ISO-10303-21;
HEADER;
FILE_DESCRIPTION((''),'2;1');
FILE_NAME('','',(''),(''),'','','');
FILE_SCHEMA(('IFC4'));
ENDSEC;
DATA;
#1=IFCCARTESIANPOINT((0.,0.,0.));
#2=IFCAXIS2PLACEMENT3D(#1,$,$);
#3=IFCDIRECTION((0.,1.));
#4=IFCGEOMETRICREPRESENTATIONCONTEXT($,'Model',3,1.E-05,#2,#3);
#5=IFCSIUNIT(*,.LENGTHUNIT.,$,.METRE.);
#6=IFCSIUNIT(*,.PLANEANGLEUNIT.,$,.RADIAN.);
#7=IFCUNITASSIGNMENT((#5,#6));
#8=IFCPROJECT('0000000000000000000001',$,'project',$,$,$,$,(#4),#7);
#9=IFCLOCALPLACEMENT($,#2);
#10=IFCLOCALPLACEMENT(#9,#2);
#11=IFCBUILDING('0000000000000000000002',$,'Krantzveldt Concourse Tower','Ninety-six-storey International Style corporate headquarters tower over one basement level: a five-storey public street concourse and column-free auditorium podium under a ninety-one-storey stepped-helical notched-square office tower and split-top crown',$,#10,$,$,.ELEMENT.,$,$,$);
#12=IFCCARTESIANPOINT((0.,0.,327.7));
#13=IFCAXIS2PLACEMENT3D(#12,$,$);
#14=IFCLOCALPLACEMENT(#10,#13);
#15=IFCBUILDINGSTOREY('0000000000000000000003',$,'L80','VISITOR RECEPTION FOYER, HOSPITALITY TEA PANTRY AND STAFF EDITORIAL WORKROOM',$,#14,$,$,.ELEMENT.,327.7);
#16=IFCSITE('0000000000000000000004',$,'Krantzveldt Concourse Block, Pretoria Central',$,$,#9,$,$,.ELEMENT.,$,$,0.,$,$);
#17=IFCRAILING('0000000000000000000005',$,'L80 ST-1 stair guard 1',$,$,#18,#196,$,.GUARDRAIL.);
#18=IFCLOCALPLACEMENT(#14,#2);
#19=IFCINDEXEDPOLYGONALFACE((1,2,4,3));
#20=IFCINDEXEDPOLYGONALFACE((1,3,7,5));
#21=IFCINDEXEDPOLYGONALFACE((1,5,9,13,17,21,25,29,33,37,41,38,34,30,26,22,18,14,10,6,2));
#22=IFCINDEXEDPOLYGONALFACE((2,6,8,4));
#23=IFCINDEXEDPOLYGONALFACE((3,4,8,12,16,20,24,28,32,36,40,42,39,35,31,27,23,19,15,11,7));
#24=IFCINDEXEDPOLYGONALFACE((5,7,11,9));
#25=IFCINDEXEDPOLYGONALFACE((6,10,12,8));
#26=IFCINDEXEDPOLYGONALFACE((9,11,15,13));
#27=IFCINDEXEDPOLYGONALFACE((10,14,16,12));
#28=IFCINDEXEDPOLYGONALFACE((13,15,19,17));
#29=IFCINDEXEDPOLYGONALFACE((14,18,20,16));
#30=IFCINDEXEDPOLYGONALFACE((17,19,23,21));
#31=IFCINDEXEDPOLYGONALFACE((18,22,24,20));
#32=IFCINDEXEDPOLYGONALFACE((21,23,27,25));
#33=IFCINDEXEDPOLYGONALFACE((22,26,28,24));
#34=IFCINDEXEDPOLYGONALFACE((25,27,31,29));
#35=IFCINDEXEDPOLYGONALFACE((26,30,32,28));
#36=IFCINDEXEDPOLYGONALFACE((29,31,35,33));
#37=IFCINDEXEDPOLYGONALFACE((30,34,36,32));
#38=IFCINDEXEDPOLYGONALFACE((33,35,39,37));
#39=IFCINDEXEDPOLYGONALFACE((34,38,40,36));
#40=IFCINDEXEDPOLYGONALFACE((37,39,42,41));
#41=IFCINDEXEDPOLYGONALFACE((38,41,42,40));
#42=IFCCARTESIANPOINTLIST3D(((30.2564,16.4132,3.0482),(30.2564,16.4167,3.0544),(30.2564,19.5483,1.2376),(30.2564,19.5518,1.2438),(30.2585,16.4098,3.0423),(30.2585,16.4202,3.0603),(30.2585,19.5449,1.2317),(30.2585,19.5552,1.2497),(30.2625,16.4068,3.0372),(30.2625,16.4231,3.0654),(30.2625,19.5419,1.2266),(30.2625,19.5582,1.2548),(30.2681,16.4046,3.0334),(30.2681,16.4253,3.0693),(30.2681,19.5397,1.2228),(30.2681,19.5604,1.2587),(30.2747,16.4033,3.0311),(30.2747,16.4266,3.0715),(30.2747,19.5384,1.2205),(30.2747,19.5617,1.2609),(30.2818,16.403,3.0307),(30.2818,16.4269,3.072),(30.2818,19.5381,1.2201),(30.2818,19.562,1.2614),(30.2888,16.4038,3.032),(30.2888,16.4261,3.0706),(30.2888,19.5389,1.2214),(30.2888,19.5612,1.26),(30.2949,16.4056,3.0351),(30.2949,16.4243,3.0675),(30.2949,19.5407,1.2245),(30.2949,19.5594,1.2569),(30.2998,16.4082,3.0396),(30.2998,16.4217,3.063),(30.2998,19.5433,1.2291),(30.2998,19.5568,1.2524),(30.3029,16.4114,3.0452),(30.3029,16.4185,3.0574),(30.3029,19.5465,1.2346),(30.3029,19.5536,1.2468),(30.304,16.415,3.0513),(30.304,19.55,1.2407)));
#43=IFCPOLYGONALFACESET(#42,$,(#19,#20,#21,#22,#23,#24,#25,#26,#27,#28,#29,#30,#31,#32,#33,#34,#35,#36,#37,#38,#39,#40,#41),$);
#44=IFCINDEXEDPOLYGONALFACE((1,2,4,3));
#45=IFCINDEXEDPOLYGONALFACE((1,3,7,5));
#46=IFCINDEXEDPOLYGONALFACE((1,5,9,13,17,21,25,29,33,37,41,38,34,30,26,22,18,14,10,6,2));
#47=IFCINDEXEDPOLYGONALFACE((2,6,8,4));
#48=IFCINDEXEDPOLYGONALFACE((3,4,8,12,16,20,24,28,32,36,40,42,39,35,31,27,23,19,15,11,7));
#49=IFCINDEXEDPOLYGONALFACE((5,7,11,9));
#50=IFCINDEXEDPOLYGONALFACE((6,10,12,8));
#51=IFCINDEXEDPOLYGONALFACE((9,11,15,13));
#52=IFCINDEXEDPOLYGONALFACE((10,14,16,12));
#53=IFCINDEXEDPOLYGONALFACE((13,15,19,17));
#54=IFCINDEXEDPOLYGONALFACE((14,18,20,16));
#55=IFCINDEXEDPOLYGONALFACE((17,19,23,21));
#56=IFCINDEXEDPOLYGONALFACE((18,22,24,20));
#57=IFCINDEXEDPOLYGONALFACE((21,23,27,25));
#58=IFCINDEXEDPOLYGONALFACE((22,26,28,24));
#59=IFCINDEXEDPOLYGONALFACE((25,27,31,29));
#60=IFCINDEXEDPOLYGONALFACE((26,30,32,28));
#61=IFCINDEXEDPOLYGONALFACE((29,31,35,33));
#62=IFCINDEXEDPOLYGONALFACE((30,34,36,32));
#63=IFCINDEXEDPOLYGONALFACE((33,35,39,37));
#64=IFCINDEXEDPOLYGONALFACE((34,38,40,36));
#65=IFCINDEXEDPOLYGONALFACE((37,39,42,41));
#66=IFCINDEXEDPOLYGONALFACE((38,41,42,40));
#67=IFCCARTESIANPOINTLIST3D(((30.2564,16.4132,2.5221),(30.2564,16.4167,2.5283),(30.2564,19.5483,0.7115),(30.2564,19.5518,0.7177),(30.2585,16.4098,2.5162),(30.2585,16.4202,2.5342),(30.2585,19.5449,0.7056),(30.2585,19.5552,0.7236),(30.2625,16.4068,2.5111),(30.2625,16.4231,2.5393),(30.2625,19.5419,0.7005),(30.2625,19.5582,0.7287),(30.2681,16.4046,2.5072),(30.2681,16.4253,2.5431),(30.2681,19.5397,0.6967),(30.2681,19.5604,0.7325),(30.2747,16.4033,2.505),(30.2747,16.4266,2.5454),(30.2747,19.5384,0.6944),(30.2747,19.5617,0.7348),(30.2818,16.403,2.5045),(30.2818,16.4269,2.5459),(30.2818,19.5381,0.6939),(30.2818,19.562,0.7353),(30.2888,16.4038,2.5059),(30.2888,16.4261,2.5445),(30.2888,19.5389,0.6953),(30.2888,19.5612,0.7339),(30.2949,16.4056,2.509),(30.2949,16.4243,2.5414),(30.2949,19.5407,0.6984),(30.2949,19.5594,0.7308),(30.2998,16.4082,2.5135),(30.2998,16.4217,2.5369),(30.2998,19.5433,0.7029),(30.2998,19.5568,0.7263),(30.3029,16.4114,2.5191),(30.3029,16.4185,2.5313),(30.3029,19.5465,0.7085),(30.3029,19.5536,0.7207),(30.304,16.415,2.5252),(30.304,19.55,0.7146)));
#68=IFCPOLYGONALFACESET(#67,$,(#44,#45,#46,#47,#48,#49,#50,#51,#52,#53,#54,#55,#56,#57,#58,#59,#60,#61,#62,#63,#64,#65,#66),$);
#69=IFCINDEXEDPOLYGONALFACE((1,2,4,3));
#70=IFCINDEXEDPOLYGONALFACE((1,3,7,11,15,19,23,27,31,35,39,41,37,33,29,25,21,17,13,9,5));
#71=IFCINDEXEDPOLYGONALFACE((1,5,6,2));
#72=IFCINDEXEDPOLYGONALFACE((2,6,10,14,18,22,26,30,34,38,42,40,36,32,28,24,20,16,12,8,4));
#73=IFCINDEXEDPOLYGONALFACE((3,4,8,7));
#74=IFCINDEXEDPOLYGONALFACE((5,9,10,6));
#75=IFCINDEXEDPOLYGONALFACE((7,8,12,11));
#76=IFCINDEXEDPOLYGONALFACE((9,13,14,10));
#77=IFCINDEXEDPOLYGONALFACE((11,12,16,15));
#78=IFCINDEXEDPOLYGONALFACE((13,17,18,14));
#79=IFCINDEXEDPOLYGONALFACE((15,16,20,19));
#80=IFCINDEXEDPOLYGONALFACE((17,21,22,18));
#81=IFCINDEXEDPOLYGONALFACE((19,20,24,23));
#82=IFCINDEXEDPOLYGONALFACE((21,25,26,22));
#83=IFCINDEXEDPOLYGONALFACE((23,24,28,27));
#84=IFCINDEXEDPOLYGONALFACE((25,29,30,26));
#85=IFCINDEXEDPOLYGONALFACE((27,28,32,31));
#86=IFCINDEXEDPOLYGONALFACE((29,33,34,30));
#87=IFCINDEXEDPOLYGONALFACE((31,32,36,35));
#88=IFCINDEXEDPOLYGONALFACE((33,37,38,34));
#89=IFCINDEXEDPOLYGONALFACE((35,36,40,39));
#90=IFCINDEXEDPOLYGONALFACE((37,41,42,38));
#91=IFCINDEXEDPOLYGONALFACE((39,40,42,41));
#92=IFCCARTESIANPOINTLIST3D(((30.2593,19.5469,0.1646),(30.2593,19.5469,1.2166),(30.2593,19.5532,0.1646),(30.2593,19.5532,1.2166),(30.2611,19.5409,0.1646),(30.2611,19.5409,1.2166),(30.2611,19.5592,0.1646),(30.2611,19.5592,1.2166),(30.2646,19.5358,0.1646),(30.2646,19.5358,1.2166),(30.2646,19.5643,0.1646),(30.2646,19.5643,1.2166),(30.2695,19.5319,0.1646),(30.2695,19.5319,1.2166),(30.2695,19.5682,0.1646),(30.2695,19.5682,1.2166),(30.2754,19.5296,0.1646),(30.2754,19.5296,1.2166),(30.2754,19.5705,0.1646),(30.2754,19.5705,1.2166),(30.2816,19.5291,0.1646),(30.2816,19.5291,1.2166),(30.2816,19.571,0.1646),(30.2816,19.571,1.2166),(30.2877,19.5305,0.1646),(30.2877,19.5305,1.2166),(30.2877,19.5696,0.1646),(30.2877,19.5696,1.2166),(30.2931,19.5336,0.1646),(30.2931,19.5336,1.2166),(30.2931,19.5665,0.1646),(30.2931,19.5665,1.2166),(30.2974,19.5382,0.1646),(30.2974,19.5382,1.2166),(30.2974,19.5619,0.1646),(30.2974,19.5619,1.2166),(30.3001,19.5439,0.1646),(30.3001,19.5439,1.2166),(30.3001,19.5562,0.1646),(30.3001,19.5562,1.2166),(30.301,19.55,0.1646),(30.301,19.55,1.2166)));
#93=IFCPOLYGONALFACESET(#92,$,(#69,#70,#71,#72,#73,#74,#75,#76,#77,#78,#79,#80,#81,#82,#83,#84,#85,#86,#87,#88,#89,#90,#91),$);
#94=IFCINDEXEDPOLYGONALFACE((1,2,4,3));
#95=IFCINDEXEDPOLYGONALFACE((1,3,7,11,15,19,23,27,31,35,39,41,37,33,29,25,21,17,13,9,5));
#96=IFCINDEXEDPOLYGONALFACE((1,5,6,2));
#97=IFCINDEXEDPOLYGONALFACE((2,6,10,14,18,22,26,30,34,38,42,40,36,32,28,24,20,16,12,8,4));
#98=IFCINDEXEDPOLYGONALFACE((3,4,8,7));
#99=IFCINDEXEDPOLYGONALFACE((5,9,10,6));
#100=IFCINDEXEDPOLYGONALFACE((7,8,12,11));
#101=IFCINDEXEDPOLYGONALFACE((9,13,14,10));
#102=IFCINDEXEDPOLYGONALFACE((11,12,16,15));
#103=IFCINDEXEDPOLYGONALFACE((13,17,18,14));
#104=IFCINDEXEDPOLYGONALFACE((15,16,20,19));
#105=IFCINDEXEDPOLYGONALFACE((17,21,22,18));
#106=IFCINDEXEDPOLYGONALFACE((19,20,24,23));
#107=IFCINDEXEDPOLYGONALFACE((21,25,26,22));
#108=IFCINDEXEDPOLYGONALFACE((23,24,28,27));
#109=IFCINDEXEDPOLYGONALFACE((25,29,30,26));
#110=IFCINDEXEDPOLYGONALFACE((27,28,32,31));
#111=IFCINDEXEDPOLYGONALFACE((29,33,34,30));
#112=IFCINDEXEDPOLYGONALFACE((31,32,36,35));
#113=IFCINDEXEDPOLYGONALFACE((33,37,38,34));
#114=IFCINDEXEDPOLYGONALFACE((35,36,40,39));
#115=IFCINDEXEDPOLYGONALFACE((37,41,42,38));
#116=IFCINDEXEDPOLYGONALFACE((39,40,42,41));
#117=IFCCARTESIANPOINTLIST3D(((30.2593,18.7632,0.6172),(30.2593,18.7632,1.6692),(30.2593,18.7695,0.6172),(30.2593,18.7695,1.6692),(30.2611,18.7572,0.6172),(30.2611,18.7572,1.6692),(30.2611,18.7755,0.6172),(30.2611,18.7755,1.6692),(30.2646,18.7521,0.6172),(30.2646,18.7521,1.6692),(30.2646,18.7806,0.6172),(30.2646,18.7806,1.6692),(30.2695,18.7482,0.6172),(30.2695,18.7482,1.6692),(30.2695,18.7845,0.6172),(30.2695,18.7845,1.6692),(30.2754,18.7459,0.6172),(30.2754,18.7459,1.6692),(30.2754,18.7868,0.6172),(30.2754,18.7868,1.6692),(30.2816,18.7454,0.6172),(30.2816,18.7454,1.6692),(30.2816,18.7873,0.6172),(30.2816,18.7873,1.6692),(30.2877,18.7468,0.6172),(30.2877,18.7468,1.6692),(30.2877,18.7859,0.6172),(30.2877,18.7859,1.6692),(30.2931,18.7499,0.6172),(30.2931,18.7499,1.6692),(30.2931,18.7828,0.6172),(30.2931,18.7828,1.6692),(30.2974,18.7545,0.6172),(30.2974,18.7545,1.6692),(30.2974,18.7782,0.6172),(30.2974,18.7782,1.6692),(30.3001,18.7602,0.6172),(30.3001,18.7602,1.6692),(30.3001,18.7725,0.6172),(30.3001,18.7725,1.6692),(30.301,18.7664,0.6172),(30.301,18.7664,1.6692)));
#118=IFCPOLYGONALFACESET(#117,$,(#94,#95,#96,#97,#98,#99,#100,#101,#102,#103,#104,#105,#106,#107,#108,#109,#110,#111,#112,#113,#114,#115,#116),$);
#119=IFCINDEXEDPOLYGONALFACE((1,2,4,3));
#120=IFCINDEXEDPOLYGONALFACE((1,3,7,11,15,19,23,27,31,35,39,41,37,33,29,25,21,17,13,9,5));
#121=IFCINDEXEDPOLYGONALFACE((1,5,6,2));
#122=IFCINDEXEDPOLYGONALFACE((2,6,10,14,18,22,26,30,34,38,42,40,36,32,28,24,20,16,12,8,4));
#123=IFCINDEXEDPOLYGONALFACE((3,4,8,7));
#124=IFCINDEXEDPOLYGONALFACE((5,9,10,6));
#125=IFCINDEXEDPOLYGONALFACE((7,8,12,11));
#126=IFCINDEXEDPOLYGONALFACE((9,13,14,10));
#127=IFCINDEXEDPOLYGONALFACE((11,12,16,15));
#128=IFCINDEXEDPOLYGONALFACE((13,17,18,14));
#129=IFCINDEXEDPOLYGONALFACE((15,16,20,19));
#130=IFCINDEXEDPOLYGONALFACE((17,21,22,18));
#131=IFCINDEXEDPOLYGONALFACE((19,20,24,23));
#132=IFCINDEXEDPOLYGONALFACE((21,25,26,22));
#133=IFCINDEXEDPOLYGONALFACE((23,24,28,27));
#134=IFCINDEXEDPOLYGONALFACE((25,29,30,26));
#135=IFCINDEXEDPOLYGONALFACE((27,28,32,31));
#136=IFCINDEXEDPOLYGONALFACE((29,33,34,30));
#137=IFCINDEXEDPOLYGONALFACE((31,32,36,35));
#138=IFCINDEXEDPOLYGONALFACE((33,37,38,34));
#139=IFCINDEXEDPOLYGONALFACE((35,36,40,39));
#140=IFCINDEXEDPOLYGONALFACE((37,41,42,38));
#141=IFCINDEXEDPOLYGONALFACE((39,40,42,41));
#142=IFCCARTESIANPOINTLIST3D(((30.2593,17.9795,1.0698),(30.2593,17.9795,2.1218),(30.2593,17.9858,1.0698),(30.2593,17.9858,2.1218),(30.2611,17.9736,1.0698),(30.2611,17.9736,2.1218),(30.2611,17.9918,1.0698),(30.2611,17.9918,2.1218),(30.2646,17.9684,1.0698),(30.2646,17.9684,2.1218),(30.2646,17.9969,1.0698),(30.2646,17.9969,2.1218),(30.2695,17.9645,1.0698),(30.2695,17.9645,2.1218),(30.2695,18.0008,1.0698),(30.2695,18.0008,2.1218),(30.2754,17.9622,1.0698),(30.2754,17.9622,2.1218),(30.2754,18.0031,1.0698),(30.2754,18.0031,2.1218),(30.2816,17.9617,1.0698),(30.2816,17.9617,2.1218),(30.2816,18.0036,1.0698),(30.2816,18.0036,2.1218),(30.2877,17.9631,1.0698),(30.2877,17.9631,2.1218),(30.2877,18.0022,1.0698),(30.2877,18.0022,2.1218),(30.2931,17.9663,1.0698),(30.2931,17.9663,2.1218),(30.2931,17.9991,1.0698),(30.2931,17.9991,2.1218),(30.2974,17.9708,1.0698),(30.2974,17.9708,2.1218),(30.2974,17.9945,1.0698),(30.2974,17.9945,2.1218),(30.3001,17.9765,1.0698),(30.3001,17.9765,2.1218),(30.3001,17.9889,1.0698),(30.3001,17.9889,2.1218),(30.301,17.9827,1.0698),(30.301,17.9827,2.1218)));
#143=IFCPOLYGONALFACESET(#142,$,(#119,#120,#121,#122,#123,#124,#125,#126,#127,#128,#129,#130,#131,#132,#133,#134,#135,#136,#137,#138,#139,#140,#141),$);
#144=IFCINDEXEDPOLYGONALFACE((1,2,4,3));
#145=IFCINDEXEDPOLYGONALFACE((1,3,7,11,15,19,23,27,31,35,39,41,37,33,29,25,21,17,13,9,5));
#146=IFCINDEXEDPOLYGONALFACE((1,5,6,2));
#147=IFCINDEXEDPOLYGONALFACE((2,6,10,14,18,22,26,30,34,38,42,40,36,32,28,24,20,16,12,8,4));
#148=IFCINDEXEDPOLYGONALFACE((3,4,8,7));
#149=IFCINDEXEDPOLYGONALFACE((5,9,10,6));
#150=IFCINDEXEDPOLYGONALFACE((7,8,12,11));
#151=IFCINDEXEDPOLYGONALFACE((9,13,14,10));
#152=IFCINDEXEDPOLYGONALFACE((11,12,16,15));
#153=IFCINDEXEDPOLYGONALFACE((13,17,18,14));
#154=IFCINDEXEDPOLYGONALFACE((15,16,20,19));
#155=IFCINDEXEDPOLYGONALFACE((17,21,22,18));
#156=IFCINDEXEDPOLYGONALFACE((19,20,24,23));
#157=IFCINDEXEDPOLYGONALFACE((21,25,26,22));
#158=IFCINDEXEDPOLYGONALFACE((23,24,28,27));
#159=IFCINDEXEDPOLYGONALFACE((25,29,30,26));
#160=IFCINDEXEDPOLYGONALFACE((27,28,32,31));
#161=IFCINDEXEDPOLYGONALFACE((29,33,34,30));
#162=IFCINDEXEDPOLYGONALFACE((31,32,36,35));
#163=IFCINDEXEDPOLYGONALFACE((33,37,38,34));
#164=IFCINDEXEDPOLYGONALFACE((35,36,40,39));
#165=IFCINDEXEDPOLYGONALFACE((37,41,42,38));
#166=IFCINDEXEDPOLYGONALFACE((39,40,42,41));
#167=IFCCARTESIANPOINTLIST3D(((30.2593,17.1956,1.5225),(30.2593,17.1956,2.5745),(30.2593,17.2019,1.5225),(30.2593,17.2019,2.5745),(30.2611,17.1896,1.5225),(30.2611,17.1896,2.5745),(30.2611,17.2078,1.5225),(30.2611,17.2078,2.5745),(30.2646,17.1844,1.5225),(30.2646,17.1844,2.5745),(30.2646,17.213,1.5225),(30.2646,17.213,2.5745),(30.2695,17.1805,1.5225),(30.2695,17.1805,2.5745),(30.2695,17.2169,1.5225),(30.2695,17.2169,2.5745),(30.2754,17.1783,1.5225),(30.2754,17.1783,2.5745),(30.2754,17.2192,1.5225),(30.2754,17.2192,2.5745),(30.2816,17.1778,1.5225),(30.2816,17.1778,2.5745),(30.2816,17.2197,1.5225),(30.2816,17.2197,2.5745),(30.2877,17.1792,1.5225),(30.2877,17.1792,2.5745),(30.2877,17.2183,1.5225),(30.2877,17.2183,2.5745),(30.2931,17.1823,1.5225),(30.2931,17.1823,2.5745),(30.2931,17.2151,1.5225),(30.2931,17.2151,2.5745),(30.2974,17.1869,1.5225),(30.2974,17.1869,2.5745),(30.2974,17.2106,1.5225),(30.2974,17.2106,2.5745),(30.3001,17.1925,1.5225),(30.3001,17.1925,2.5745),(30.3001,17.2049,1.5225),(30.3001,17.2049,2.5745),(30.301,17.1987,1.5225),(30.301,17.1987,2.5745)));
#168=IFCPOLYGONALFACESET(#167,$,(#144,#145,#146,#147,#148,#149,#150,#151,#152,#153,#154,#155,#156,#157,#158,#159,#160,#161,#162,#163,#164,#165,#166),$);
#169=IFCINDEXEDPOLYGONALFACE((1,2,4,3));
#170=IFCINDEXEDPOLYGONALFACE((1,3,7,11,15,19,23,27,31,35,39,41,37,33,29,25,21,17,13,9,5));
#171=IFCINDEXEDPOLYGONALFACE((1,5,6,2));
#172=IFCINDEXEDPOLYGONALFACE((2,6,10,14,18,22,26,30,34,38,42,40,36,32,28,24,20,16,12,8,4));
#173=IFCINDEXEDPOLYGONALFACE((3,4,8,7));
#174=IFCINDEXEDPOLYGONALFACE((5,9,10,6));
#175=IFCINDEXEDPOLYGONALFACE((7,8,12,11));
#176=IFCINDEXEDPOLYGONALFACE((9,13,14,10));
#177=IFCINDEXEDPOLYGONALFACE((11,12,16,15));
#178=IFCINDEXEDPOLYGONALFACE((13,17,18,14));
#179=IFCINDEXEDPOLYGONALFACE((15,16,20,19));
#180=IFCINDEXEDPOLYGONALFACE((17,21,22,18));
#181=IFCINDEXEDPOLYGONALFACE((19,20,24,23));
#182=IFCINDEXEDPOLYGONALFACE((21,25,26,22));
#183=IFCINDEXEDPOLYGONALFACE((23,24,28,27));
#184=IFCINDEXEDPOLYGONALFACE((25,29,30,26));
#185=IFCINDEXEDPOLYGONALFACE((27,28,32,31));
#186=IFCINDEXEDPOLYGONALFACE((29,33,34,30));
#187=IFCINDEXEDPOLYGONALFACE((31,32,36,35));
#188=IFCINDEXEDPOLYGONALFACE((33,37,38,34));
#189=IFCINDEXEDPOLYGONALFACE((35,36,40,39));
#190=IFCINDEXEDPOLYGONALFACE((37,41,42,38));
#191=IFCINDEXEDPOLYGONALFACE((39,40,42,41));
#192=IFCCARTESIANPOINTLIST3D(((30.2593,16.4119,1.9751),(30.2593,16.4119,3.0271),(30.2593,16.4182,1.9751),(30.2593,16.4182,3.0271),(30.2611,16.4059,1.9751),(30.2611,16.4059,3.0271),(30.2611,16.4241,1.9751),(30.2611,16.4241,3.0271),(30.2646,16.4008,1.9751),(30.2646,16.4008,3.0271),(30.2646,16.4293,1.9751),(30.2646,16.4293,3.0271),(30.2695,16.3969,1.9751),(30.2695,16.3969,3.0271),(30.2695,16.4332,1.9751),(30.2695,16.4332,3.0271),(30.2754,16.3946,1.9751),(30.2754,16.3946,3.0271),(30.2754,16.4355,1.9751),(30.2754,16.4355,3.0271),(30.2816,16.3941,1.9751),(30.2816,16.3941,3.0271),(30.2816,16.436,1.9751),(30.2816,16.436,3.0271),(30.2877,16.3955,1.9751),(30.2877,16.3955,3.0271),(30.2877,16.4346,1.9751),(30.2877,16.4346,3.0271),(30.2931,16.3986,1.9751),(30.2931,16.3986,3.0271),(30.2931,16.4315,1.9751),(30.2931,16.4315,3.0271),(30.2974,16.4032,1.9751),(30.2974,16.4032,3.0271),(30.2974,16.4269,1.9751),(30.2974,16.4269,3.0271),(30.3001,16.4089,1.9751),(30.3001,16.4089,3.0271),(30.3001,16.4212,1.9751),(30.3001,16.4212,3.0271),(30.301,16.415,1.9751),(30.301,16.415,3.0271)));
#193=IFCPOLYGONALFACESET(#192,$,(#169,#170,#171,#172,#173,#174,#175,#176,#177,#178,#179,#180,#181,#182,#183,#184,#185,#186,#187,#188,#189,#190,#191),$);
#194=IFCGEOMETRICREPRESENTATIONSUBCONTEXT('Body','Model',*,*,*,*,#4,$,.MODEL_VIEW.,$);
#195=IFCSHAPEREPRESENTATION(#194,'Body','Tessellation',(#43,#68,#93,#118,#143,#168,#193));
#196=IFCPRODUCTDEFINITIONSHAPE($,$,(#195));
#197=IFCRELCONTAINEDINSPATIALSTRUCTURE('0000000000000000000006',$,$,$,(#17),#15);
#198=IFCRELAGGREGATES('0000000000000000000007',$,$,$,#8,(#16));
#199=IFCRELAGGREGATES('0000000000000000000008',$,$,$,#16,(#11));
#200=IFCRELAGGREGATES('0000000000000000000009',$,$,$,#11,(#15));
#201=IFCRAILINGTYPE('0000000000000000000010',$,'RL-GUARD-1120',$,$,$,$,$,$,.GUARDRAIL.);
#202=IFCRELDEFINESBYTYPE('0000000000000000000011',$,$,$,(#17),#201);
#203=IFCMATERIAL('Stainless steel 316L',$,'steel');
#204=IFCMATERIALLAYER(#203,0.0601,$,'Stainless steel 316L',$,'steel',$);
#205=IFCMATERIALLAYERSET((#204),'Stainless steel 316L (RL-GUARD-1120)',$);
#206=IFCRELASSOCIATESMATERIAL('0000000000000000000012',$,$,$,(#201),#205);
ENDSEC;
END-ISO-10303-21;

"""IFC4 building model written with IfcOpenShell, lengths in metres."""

from ifc_helpers import new_model, si_unit, direction, frame, origin, origin_2d, place, context, subcontext, project, spatial, circle, extrude, material, layer, layer_set, type_object, element, save


model = new_model("IFC4")

# Units and contexts
model_context = context("Model", 3, precision=1e-05, world=origin(), true_north=direction((0.0, 1.0)))
body_context = subcontext(model_context, "Body", "Model", "MODEL_VIEW")
ifc_project = project(units=[si_unit("LENGTHUNIT", "METRE"), si_unit("PLANEANGLEUNIT", "RADIAN")], contexts=[model_context])

# Site, building, storey
site_placement = place(None, origin())
site = spatial("IfcSite", under=ifc_project, at=site_placement, Name="Krantzveldt Concourse Block, Pretoria Central", CompositionType="ELEMENT", RefElevation=0.0)
building_placement = place(site_placement, origin())
building = spatial("IfcBuilding", under=site, at=building_placement, Name="Krantzveldt Concourse Tower", Description="Ninety-six-storey International Style corporate headquarters tower over one basement level: a five-storey public street concourse and column-free auditorium podium under a ninety-one-storey stepped-helical notched-square office tower and split-top crown", CompositionType="ELEMENT")
storey_placement = place(building_placement, frame((0.0, 0.0, 327.7)))
storey = spatial("IfcBuildingStorey", under=building, at=storey_placement, Name="L80", Description="VISITOR RECEPTION FOYER, HOSPITALITY TEA PANTRY AND STAFF EDITORIAL WORKROOM", CompositionType="ELEMENT", Elevation=327.7)

# Shared definitions
ifc_material_1 = material(Name="Stainless steel 316L", Category="steel")

# Railing
ifc_layer_1 = layer(ifc_material_1, 0.0601, Name="Stainless steel 316L", Category="steel")
ifc_layer_set_1 = layer_set([ifc_layer_1], Name="Stainless steel 316L (RL-GUARD-1120)")
railing_type_1 = type_object("IfcRailingType", Name="RL-GUARD-1120", PredefinedType="GUARDRAIL", material=ifc_layer_set_1)
railing_1_placement = place(storey_placement, frame((30.28, 19.55, 0.1646)))
element("IfcRailing", 1, at=railing_1_placement, inside=storey, type_object=railing_type_1, Name="L80 ST-1 stair guard 1", PredefinedType="GUARDRAIL", context=body_context, shape_type="SweptSolid", body=[
    extrude(circle(Radius=0.0239, at=origin_2d()), frame((0.0, 0.0, 1.0762), z_axis=(0.0, -0.86596, 0.500114), x_axis=(1.0, 0.0, 0.0)), (0.0, 0.0, 1.0), 3.6204),
    extrude(circle(Radius=0.0239, at=origin_2d()), frame((0.0, 0.0, 0.55), z_axis=(0.0, -0.86596, 0.500114), x_axis=(1.0, 0.0, 0.0)), (0.0, 0.0, 1.0), 3.6204),
    extrude(circle(Radius=0.021, at=origin_2d()), origin(), (0.0, 0.0, 1.0), 1.052),
    extrude(circle(Radius=0.021, at=origin_2d()), frame((0.0, -0.7837, 0.4526)), (0.0, 0.0, 1.0), 1.052),
    extrude(circle(Radius=0.021, at=origin_2d()), frame((0.0, -1.5674, 0.9053)), (0.0, 0.0, 1.0), 1.052),
    extrude(circle(Radius=0.021, at=origin_2d()), frame((0.0, -2.3513, 1.3579)), (0.0, 0.0, 1.0), 1.052),
    extrude(circle(Radius=0.021, at=origin_2d()), frame((0.0, -3.135, 1.8105)), (0.0, 0.0, 1.0), 1.052),
])

save(model, "model.ifc")
